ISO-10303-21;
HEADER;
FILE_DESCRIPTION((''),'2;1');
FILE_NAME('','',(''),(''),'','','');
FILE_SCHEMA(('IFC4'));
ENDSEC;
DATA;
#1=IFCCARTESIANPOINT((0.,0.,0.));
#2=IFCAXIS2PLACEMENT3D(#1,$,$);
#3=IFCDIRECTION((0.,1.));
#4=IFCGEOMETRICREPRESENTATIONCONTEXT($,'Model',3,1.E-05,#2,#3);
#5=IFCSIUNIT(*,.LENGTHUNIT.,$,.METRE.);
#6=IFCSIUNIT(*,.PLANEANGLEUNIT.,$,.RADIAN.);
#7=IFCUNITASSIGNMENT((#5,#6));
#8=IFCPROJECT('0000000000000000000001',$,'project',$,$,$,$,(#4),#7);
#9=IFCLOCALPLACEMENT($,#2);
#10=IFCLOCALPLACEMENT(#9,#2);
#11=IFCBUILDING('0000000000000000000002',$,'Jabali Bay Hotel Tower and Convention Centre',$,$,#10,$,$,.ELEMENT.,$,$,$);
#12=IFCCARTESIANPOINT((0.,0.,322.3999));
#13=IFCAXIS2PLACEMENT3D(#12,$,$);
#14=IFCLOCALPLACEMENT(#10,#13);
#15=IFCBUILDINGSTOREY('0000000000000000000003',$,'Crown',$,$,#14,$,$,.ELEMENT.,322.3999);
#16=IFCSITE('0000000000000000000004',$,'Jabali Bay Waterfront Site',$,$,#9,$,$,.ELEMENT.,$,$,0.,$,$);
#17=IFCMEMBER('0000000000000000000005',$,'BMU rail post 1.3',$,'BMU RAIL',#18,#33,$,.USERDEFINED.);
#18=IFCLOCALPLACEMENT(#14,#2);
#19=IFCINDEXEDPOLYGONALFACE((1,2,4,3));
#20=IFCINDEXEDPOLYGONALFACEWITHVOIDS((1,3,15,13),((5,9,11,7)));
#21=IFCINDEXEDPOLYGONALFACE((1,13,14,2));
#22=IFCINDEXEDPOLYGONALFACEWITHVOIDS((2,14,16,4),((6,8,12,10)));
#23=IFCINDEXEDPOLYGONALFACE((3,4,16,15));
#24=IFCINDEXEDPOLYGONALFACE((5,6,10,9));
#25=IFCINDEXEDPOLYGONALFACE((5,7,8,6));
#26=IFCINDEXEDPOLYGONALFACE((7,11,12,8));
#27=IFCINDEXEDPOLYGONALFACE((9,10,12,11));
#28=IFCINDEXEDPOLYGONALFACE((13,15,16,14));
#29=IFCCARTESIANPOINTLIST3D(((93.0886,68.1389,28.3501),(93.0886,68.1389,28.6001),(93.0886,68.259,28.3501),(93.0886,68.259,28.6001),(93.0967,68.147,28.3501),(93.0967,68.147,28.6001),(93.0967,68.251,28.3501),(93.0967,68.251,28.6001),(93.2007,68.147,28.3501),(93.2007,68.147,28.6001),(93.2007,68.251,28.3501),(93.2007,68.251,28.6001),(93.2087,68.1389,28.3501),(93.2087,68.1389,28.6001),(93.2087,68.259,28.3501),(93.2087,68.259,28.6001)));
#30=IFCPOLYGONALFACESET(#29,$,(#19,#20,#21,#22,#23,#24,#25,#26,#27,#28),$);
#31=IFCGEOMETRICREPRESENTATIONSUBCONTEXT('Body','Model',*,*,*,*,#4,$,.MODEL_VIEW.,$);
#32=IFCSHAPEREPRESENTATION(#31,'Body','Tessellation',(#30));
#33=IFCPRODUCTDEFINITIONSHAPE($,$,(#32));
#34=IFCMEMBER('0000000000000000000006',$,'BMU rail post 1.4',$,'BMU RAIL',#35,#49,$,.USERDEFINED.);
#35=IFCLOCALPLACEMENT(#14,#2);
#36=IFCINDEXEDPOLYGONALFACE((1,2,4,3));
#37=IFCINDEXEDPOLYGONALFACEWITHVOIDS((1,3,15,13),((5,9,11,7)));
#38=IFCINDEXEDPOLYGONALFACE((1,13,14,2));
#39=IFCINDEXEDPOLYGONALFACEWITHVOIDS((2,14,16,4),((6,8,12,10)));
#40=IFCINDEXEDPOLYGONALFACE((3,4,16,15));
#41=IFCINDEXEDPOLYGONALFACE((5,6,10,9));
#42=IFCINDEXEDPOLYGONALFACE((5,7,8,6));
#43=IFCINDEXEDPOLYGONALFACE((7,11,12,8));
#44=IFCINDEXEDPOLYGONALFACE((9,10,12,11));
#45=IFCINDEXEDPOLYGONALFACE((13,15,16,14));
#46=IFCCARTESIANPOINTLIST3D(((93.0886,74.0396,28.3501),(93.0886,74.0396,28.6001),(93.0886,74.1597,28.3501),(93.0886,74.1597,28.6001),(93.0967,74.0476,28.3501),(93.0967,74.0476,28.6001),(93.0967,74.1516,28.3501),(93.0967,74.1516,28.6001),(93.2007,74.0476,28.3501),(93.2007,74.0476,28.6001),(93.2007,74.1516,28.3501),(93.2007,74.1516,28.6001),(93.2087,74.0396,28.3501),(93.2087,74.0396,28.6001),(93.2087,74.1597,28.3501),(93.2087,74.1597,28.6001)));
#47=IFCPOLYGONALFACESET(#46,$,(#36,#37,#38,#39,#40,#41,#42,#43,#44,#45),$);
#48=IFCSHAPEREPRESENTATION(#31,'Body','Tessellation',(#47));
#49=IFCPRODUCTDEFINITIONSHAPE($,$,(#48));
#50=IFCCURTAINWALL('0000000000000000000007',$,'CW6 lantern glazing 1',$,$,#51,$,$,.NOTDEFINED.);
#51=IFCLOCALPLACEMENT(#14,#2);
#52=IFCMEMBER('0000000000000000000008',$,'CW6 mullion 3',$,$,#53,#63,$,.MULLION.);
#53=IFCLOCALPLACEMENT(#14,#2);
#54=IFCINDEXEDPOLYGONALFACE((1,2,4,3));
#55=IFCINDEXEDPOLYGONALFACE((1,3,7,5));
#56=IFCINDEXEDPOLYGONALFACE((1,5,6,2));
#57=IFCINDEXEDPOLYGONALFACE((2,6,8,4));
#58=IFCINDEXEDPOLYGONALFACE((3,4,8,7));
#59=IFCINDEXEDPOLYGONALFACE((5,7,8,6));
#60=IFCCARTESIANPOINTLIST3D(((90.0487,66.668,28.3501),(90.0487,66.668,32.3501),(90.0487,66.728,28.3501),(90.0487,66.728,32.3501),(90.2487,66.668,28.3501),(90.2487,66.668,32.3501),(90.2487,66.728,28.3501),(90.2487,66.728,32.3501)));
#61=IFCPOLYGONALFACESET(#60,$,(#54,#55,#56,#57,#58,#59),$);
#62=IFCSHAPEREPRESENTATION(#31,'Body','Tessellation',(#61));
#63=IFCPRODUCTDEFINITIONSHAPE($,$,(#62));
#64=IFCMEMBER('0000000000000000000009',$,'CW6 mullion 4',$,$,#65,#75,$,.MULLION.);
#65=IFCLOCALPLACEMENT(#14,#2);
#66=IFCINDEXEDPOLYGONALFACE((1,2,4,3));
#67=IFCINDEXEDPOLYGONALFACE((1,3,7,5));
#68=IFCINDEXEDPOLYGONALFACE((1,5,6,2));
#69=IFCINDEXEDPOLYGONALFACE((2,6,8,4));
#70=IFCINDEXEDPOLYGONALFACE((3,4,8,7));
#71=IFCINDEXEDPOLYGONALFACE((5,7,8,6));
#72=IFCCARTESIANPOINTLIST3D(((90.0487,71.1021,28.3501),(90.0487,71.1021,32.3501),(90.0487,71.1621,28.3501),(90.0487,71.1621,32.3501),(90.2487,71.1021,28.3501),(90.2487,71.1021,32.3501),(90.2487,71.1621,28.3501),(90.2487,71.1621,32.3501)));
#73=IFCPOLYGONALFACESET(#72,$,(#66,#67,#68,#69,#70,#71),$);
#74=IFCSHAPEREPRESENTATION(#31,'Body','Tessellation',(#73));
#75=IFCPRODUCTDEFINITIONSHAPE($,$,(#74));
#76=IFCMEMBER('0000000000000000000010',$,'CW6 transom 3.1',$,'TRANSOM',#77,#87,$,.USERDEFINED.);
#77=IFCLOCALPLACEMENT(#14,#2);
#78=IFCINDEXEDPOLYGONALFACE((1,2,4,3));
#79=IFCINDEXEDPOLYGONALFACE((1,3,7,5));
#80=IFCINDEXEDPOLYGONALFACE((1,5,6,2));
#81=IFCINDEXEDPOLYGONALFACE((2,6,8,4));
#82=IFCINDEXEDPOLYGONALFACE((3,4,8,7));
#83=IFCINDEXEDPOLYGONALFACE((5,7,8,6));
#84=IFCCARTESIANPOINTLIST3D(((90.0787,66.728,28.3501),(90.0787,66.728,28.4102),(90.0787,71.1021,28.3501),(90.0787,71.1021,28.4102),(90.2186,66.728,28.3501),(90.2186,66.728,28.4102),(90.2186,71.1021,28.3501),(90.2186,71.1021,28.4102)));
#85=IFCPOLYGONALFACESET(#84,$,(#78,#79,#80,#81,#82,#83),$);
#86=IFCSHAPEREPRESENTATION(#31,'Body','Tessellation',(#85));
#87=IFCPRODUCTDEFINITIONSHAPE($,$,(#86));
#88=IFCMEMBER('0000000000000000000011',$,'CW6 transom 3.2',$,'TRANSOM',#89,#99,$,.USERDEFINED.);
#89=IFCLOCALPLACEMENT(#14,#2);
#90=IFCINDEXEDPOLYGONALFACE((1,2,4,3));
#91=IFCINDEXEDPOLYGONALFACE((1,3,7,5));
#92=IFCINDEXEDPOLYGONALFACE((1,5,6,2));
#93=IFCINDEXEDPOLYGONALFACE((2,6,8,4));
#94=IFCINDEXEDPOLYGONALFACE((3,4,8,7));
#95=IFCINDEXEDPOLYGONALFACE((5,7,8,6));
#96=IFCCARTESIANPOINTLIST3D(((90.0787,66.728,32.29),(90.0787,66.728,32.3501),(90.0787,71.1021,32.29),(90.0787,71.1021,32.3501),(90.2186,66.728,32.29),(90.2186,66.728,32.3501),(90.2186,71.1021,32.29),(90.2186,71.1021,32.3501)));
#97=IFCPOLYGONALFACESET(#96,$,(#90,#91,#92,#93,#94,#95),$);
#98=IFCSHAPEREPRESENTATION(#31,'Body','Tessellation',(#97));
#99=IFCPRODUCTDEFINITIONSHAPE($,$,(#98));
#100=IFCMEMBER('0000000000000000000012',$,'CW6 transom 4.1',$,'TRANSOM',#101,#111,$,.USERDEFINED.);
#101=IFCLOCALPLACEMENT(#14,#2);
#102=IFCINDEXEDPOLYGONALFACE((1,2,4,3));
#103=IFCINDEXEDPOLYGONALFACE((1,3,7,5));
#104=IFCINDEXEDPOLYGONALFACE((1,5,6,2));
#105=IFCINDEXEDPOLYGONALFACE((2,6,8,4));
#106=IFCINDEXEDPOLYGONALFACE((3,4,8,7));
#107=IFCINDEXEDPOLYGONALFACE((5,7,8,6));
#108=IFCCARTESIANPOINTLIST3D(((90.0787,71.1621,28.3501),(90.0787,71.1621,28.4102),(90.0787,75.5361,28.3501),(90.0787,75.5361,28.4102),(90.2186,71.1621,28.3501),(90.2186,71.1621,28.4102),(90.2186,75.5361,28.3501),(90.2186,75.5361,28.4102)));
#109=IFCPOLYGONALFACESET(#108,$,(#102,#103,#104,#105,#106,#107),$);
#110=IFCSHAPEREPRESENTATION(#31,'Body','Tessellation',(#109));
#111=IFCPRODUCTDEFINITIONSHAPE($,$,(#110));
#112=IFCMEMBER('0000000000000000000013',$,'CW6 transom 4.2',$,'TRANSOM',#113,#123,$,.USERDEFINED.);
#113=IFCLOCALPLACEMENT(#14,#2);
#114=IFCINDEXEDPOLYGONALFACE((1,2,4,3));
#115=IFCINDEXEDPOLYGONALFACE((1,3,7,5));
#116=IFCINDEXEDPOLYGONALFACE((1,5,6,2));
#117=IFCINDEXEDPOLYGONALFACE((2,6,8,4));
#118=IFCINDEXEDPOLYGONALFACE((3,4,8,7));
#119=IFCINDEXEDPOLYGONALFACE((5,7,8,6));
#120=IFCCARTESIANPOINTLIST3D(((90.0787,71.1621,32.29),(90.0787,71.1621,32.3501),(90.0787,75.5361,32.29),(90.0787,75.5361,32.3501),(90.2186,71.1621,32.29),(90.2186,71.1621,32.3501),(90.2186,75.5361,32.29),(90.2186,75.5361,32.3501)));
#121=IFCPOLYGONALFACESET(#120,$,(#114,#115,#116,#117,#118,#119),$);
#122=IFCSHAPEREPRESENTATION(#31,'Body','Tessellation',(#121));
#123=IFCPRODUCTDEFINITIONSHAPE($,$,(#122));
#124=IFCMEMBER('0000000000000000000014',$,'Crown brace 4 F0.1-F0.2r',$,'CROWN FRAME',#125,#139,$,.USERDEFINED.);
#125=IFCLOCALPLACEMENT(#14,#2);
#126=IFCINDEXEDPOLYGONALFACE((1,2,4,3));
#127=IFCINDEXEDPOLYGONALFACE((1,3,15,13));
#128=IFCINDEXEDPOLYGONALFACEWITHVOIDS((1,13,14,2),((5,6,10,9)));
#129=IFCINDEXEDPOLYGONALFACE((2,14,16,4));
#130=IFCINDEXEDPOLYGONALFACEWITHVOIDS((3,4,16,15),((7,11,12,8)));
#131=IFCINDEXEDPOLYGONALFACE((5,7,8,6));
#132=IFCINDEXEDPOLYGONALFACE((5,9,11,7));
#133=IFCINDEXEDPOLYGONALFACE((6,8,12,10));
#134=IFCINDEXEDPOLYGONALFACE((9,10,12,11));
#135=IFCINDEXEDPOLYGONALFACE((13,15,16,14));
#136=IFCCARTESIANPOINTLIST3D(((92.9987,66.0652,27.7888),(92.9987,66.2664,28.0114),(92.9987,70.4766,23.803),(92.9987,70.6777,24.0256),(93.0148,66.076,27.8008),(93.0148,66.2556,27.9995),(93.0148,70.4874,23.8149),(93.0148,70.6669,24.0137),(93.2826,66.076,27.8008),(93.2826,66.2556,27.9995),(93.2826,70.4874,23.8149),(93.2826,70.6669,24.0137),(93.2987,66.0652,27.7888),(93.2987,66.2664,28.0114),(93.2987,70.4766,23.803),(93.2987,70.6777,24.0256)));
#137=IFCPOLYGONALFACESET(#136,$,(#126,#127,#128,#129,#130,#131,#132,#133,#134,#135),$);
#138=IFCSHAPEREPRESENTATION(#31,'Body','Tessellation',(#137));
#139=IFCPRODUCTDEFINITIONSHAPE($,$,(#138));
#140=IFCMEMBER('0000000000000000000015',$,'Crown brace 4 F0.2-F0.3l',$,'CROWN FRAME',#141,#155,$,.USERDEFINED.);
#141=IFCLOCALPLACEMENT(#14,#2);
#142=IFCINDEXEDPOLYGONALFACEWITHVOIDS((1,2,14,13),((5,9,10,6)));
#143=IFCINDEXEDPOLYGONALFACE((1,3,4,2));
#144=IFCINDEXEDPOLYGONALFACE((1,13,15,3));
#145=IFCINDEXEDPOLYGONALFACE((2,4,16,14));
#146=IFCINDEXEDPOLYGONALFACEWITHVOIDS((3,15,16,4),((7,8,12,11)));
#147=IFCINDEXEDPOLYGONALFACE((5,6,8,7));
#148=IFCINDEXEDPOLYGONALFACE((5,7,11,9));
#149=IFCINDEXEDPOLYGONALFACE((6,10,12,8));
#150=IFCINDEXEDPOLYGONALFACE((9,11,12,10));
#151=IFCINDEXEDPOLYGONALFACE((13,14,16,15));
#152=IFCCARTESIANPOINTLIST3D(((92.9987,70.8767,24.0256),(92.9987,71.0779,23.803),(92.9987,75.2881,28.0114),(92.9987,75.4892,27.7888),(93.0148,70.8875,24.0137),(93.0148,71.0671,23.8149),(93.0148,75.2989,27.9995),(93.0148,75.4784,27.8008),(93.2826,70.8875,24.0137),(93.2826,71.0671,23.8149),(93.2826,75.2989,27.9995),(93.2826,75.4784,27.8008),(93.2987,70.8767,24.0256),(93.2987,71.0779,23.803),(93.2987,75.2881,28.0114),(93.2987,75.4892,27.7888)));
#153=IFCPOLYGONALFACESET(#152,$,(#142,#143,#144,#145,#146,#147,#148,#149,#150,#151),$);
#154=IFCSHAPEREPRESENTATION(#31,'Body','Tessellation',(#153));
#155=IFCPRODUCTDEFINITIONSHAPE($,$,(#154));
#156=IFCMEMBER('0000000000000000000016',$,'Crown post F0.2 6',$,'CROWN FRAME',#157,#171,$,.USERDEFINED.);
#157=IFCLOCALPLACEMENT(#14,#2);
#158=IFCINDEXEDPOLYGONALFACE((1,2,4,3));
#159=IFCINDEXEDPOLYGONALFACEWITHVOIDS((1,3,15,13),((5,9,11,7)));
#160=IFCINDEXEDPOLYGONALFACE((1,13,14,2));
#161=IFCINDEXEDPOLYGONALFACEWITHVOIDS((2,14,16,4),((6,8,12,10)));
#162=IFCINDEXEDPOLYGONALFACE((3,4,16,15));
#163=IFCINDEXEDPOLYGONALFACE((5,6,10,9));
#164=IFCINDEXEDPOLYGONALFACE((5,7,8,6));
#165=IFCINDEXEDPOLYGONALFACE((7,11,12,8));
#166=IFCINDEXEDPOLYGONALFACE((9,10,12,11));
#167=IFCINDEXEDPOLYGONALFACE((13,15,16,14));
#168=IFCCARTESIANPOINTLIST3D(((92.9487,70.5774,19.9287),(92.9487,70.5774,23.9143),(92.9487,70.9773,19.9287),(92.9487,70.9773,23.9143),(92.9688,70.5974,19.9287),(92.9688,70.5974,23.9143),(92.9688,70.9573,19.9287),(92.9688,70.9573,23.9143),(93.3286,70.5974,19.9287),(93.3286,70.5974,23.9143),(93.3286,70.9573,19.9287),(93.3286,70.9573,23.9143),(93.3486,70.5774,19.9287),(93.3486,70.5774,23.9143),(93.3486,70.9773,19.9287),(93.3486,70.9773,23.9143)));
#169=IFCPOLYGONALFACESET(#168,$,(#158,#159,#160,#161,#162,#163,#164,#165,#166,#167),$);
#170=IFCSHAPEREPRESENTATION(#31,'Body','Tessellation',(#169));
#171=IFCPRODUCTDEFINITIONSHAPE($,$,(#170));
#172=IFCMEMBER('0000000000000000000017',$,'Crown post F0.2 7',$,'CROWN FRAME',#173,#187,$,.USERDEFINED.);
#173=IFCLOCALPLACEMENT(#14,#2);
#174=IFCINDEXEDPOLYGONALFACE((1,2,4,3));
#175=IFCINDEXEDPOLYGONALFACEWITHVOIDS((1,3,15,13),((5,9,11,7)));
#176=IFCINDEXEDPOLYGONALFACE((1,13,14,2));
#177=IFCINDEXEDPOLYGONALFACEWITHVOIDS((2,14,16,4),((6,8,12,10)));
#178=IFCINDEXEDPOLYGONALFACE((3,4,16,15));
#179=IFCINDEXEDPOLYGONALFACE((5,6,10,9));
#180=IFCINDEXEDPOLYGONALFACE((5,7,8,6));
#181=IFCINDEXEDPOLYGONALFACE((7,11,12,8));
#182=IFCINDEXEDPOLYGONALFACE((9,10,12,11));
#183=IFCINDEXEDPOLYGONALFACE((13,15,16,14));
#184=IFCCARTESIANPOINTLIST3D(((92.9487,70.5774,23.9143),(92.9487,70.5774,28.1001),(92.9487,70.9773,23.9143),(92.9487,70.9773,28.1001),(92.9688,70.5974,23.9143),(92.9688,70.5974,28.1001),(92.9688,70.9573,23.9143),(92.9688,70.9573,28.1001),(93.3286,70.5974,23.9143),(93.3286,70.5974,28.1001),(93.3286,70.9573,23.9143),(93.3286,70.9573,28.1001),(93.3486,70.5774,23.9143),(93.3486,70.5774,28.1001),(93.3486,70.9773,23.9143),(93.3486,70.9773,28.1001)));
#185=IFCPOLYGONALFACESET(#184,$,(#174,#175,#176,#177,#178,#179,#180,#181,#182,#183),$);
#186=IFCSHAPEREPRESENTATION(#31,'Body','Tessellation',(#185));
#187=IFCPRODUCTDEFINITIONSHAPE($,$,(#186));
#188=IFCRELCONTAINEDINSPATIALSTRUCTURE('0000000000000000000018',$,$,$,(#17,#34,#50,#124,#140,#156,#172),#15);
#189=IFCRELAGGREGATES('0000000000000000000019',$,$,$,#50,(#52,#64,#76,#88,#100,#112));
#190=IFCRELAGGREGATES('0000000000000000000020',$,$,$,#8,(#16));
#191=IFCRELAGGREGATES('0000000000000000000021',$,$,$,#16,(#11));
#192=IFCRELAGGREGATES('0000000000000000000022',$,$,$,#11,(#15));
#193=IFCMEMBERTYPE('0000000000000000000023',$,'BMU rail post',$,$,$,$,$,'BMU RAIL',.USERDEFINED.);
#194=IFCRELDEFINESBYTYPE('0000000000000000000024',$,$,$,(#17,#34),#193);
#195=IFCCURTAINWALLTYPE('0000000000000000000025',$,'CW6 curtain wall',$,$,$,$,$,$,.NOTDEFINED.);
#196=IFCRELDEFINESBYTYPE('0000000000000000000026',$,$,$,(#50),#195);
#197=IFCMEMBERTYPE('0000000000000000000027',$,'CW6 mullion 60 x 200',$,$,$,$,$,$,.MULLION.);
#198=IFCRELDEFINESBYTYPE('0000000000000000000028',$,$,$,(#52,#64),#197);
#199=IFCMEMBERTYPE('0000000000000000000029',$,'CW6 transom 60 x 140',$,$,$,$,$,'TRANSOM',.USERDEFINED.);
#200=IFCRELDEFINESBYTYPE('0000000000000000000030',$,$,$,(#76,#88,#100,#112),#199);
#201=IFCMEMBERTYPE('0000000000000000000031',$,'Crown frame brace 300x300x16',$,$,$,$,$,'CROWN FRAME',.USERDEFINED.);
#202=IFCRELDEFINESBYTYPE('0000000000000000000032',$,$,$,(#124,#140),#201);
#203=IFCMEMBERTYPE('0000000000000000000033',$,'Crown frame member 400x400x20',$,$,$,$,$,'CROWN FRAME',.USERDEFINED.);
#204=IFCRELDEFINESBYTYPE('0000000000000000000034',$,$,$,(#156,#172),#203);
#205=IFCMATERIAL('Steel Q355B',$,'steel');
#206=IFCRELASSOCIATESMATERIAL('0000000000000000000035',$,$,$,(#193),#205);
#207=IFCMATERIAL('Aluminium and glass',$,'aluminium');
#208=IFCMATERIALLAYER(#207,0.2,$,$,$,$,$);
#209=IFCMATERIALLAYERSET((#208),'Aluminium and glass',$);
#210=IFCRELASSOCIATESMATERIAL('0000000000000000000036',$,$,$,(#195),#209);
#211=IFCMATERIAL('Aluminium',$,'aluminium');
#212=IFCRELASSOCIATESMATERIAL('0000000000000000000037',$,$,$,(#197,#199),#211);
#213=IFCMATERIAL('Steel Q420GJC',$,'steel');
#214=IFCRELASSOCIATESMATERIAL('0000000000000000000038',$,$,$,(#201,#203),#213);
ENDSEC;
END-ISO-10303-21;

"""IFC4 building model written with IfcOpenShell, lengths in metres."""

from ifc_helpers import new_model, si_unit, direction, frame, origin, origin_2d, place, context, subcontext, project, spatial, rectangle, hollow_rectangle, extrude, material, layer, layer_set, material_profile, profile_set, type_object, element, aggregate, save


model = new_model("IFC4")

# Units and contexts
model_context = context("Model", 3, precision=1e-05, world=origin(), true_north=direction((0.0, 1.0)))
body_context = subcontext(model_context, "Body", "Model", "MODEL_VIEW")
ifc_project = project(units=[si_unit("LENGTHUNIT", "METRE"), si_unit("PLANEANGLEUNIT", "RADIAN")], contexts=[model_context])

# Site, building, storey
site_placement = place(None, origin())
site = spatial("IfcSite", under=ifc_project, at=site_placement, Name="Jabali Bay Waterfront Site", CompositionType="ELEMENT", RefElevation=0.0)
building_placement = place(site_placement, origin())
building = spatial("IfcBuilding", under=site, at=building_placement, Name="Jabali Bay Hotel Tower and Convention Centre", CompositionType="ELEMENT")
storey_placement = place(building_placement, frame((0.0, 0.0, 322.3999)))
storey = spatial("IfcBuildingStorey", under=building, at=storey_placement, Name="Crown", CompositionType="ELEMENT", Elevation=322.3999)

# Members
ifc_material_1 = material(Name="Steel Q355B", Category="steel")
ifc_material_profile_1 = material_profile(ifc_material_1, hollow_rectangle(XDim=0.1201, YDim=0.1201, WallThickness=0.0081, at=origin_2d()), Name="BMU rail post")
ifc_profile_set_1 = profile_set([ifc_material_profile_1], Name="Steel Q355B")
member_type_1 = type_object("IfcMemberType", Name="BMU rail post", ElementType="BMU RAIL", PredefinedType="USERDEFINED", material=ifc_profile_set_1)
for number, where, z_axis, x_axis, name in (
    (1, (93.1487, 68.199, 28.3501), (0.0, 0.0, 1.0), (1.0, 0.0, 0.0), "BMU rail post 1.3"),
    (2, (93.1487, 74.0996, 28.3501), (0.0, 0.0, 1.0), (1.0, 0.0, 0.0), "BMU rail post 1.4"),
):
    element("IfcMember", number, at=place(storey_placement, frame(where, z_axis=z_axis, x_axis=x_axis)), inside=storey, type_object=member_type_1, Name=name, ObjectType="BMU RAIL", PredefinedType="USERDEFINED", context=body_context, shape_type="SweptSolid", body=[
        extrude(hollow_rectangle(XDim=0.1201, YDim=0.1201, WallThickness=0.0081, at=origin_2d()), origin(), (0.0, 0.0, 1.0), 0.25),
    ])

# Curtain wall, members
ifc_material_2 = material(Name="Aluminium and glass", Category="aluminium")
ifc_layer_1 = layer(ifc_material_2, 0.2)
ifc_layer_set_1 = layer_set([ifc_layer_1], Name="Aluminium and glass")
curtain_wall_type = type_object("IfcCurtainWallType", Name="CW6 curtain wall", PredefinedType="NOTDEFINED", material=ifc_layer_set_1)
curtain_wall_placement = place(storey_placement, origin())
curtain_wall = element("IfcCurtainWall", 3, at=curtain_wall_placement, inside=storey, type_object=curtain_wall_type, Name="CW6 lantern glazing 1", PredefinedType="NOTDEFINED")
ifc_material_3 = material(Name="Aluminium", Category="aluminium")
ifc_material_profile_2 = material_profile(ifc_material_3, rectangle(XDim=0.2, YDim=0.0601, at=origin_2d()), Name="CW6 mullion 60 x 200")
ifc_profile_set_2 = profile_set([ifc_material_profile_2], Name="Aluminium")
member_type_2 = type_object("IfcMemberType", Name="CW6 mullion 60 x 200", PredefinedType="MULLION", material=ifc_profile_set_2)
member_1_placement = place(storey_placement, frame((90.1487, 66.698, 28.3501), z_axis=(0.0, 0.0, 1.0), x_axis=(-1.0, 0.0, 0.0)))
member_1 = element("IfcMember", 4, at=member_1_placement, type_object=member_type_2, Name="CW6 mullion 3", PredefinedType="MULLION", context=body_context, shape_type="SweptSolid", body=[
    extrude(rectangle(XDim=0.2, YDim=0.0601, at=origin_2d()), origin(), (0.0, 0.0, 1.0), 4.0),
])
member_2_placement = place(storey_placement, frame((90.1487, 71.1321, 28.3501), z_axis=(0.0, 0.0, 1.0), x_axis=(-1.0, 0.0, 0.0)))
member_2 = element("IfcMember", 5, at=member_2_placement, type_object=member_type_2, Name="CW6 mullion 4", PredefinedType="MULLION", context=body_context, shape_type="SweptSolid", body=[
    extrude(rectangle(XDim=0.2, YDim=0.0601, at=origin_2d()), origin(), (0.0, 0.0, 1.0), 4.0),
])
ifc_material_profile_3 = material_profile(ifc_material_3, rectangle(XDim=0.1399, YDim=0.0601, at=origin_2d()), Name="CW6 transom 60 x 140")
ifc_profile_set_3 = profile_set([ifc_material_profile_3], Name="Aluminium")
member_type_3 = type_object("IfcMemberType", Name="CW6 transom 60 x 140", ElementType="TRANSOM", PredefinedType="USERDEFINED", material=ifc_profile_set_3)
member_3_placement = place(storey_placement, frame((90.1487, 66.728, 28.3801), z_axis=(0.0, 1.0, 0.0), x_axis=(-1.0, 0.0, 0.0)))
member_3 = element("IfcMember", 6, at=member_3_placement, type_object=member_type_3, Name="CW6 transom 3.1", ObjectType="TRANSOM", PredefinedType="USERDEFINED", context=body_context, shape_type="SweptSolid", body=[
    extrude(rectangle(XDim=0.1399, YDim=0.0601, at=origin_2d()), origin(), (0.0, 0.0, 1.0), 4.374),
])
member_4_placement = place(storey_placement, frame((90.1487, 66.728, 32.3201), z_axis=(0.0, 1.0, 0.0), x_axis=(-1.0, 0.0, 0.0)))
member_4 = element("IfcMember", 7, at=member_4_placement, type_object=member_type_3, Name="CW6 transom 3.2", ObjectType="TRANSOM", PredefinedType="USERDEFINED", context=body_context, shape_type="SweptSolid", body=[
    extrude(rectangle(XDim=0.1399, YDim=0.0601, at=origin_2d()), origin(), (0.0, 0.0, 1.0), 4.374),
])
member_5_placement = place(storey_placement, frame((90.1487, 71.1621, 28.3801), z_axis=(0.0, 1.0, 0.0), x_axis=(-1.0, 0.0, 0.0)))
member_5 = element("IfcMember", 8, at=member_5_placement, type_object=member_type_3, Name="CW6 transom 4.1", ObjectType="TRANSOM", PredefinedType="USERDEFINED", context=body_context, shape_type="SweptSolid", body=[
    extrude(rectangle(XDim=0.1399, YDim=0.0601, at=origin_2d()), origin(), (0.0, 0.0, 1.0), 4.374),
])
member_6_placement = place(storey_placement, frame((90.1487, 71.1621, 32.3201), z_axis=(0.0, 1.0, 0.0), x_axis=(-1.0, 0.0, 0.0)))
member_6 = element("IfcMember", 9, at=member_6_placement, type_object=member_type_3, Name="CW6 transom 4.2", ObjectType="TRANSOM", PredefinedType="USERDEFINED", context=body_context, shape_type="SweptSolid", body=[
    extrude(rectangle(XDim=0.1399, YDim=0.0601, at=origin_2d()), origin(), (0.0, 0.0, 1.0), 4.374),
])

# Members
ifc_material_4 = material(Name="Steel Q420GJC", Category="steel")
ifc_material_profile_4 = material_profile(ifc_material_4, hollow_rectangle(XDim=0.3, YDim=0.3, WallThickness=0.0161, at=origin_2d()), Name="Crown frame brace 300x300x16")
ifc_profile_set_4 = profile_set([ifc_material_profile_4], Name="Steel Q420GJC")
member_type_4 = type_object("IfcMemberType", Name="Crown frame brace 300x300x16", ElementType="CROWN FRAME", PredefinedType="USERDEFINED", material=ifc_profile_set_4)
for number, where, z_axis, x_axis, name in (
    (10, (93.1487, 70.5771, 23.9143), (0.0, -0.741988, 0.670413), (1.0, 0.0, 0.0), "Crown brace 4 F0.1-F0.2r"),
    (11, (93.1487, 70.9773, 23.9143), (0.0, 0.741988, 0.670413), (-1.0, 0.0, 0.0), "Crown brace 4 F0.2-F0.3l"),
):
    element("IfcMember", number, at=place(storey_placement, frame(where, z_axis=z_axis, x_axis=x_axis)), inside=storey, type_object=member_type_4, Name=name, ObjectType="CROWN FRAME", PredefinedType="USERDEFINED", context=body_context, shape_type="SweptSolid", body=[
        extrude(hollow_rectangle(XDim=0.3, YDim=0.3, WallThickness=0.0161, at=origin_2d()), origin(), (0.0, 0.0, 1.0), 5.9453),
    ])
ifc_material_profile_5 = material_profile(ifc_material_4, hollow_rectangle(XDim=0.3999, YDim=0.3999, WallThickness=0.02, at=origin_2d()), Name="Crown frame member 400x400x20")
ifc_profile_set_5 = profile_set([ifc_material_profile_5], Name="Steel Q420GJC")
member_type_5 = type_object("IfcMemberType", Name="Crown frame member 400x400x20", ElementType="CROWN FRAME", PredefinedType="USERDEFINED", material=ifc_profile_set_5)
member_7_placement = place(storey_placement, frame((93.1487, 70.7773, 19.9287), z_axis=(0.0, 0.0, 1.0), x_axis=(1.0, 0.0, 0.0)))
element("IfcMember", 12, at=member_7_placement, inside=storey, type_object=member_type_5, Name="Crown post F0.2 6", ObjectType="CROWN FRAME", PredefinedType="USERDEFINED", context=body_context, shape_type="SweptSolid", body=[
    extrude(hollow_rectangle(XDim=0.3999, YDim=0.3999, WallThickness=0.02, at=origin_2d()), origin(), (0.0, 0.0, 1.0), 3.9856),
])
member_8_placement = place(storey_placement, frame((93.1487, 70.7773, 23.9143), z_axis=(0.0, 0.0, 1.0), x_axis=(1.0, 0.0, 0.0)))
element("IfcMember", 13, at=member_8_placement, inside=storey, type_object=member_type_5, Name="Crown post F0.2 7", ObjectType="CROWN FRAME", PredefinedType="USERDEFINED", context=body_context, shape_type="SweptSolid", body=[
    extrude(hollow_rectangle(XDim=0.3999, YDim=0.3999, WallThickness=0.02, at=origin_2d()), origin(), (0.0, 0.0, 1.0), 4.1858),
])

aggregate(curtain_wall, [member_1, member_2, member_3, member_4, member_5, member_6])

save(model, "model.ifc")
